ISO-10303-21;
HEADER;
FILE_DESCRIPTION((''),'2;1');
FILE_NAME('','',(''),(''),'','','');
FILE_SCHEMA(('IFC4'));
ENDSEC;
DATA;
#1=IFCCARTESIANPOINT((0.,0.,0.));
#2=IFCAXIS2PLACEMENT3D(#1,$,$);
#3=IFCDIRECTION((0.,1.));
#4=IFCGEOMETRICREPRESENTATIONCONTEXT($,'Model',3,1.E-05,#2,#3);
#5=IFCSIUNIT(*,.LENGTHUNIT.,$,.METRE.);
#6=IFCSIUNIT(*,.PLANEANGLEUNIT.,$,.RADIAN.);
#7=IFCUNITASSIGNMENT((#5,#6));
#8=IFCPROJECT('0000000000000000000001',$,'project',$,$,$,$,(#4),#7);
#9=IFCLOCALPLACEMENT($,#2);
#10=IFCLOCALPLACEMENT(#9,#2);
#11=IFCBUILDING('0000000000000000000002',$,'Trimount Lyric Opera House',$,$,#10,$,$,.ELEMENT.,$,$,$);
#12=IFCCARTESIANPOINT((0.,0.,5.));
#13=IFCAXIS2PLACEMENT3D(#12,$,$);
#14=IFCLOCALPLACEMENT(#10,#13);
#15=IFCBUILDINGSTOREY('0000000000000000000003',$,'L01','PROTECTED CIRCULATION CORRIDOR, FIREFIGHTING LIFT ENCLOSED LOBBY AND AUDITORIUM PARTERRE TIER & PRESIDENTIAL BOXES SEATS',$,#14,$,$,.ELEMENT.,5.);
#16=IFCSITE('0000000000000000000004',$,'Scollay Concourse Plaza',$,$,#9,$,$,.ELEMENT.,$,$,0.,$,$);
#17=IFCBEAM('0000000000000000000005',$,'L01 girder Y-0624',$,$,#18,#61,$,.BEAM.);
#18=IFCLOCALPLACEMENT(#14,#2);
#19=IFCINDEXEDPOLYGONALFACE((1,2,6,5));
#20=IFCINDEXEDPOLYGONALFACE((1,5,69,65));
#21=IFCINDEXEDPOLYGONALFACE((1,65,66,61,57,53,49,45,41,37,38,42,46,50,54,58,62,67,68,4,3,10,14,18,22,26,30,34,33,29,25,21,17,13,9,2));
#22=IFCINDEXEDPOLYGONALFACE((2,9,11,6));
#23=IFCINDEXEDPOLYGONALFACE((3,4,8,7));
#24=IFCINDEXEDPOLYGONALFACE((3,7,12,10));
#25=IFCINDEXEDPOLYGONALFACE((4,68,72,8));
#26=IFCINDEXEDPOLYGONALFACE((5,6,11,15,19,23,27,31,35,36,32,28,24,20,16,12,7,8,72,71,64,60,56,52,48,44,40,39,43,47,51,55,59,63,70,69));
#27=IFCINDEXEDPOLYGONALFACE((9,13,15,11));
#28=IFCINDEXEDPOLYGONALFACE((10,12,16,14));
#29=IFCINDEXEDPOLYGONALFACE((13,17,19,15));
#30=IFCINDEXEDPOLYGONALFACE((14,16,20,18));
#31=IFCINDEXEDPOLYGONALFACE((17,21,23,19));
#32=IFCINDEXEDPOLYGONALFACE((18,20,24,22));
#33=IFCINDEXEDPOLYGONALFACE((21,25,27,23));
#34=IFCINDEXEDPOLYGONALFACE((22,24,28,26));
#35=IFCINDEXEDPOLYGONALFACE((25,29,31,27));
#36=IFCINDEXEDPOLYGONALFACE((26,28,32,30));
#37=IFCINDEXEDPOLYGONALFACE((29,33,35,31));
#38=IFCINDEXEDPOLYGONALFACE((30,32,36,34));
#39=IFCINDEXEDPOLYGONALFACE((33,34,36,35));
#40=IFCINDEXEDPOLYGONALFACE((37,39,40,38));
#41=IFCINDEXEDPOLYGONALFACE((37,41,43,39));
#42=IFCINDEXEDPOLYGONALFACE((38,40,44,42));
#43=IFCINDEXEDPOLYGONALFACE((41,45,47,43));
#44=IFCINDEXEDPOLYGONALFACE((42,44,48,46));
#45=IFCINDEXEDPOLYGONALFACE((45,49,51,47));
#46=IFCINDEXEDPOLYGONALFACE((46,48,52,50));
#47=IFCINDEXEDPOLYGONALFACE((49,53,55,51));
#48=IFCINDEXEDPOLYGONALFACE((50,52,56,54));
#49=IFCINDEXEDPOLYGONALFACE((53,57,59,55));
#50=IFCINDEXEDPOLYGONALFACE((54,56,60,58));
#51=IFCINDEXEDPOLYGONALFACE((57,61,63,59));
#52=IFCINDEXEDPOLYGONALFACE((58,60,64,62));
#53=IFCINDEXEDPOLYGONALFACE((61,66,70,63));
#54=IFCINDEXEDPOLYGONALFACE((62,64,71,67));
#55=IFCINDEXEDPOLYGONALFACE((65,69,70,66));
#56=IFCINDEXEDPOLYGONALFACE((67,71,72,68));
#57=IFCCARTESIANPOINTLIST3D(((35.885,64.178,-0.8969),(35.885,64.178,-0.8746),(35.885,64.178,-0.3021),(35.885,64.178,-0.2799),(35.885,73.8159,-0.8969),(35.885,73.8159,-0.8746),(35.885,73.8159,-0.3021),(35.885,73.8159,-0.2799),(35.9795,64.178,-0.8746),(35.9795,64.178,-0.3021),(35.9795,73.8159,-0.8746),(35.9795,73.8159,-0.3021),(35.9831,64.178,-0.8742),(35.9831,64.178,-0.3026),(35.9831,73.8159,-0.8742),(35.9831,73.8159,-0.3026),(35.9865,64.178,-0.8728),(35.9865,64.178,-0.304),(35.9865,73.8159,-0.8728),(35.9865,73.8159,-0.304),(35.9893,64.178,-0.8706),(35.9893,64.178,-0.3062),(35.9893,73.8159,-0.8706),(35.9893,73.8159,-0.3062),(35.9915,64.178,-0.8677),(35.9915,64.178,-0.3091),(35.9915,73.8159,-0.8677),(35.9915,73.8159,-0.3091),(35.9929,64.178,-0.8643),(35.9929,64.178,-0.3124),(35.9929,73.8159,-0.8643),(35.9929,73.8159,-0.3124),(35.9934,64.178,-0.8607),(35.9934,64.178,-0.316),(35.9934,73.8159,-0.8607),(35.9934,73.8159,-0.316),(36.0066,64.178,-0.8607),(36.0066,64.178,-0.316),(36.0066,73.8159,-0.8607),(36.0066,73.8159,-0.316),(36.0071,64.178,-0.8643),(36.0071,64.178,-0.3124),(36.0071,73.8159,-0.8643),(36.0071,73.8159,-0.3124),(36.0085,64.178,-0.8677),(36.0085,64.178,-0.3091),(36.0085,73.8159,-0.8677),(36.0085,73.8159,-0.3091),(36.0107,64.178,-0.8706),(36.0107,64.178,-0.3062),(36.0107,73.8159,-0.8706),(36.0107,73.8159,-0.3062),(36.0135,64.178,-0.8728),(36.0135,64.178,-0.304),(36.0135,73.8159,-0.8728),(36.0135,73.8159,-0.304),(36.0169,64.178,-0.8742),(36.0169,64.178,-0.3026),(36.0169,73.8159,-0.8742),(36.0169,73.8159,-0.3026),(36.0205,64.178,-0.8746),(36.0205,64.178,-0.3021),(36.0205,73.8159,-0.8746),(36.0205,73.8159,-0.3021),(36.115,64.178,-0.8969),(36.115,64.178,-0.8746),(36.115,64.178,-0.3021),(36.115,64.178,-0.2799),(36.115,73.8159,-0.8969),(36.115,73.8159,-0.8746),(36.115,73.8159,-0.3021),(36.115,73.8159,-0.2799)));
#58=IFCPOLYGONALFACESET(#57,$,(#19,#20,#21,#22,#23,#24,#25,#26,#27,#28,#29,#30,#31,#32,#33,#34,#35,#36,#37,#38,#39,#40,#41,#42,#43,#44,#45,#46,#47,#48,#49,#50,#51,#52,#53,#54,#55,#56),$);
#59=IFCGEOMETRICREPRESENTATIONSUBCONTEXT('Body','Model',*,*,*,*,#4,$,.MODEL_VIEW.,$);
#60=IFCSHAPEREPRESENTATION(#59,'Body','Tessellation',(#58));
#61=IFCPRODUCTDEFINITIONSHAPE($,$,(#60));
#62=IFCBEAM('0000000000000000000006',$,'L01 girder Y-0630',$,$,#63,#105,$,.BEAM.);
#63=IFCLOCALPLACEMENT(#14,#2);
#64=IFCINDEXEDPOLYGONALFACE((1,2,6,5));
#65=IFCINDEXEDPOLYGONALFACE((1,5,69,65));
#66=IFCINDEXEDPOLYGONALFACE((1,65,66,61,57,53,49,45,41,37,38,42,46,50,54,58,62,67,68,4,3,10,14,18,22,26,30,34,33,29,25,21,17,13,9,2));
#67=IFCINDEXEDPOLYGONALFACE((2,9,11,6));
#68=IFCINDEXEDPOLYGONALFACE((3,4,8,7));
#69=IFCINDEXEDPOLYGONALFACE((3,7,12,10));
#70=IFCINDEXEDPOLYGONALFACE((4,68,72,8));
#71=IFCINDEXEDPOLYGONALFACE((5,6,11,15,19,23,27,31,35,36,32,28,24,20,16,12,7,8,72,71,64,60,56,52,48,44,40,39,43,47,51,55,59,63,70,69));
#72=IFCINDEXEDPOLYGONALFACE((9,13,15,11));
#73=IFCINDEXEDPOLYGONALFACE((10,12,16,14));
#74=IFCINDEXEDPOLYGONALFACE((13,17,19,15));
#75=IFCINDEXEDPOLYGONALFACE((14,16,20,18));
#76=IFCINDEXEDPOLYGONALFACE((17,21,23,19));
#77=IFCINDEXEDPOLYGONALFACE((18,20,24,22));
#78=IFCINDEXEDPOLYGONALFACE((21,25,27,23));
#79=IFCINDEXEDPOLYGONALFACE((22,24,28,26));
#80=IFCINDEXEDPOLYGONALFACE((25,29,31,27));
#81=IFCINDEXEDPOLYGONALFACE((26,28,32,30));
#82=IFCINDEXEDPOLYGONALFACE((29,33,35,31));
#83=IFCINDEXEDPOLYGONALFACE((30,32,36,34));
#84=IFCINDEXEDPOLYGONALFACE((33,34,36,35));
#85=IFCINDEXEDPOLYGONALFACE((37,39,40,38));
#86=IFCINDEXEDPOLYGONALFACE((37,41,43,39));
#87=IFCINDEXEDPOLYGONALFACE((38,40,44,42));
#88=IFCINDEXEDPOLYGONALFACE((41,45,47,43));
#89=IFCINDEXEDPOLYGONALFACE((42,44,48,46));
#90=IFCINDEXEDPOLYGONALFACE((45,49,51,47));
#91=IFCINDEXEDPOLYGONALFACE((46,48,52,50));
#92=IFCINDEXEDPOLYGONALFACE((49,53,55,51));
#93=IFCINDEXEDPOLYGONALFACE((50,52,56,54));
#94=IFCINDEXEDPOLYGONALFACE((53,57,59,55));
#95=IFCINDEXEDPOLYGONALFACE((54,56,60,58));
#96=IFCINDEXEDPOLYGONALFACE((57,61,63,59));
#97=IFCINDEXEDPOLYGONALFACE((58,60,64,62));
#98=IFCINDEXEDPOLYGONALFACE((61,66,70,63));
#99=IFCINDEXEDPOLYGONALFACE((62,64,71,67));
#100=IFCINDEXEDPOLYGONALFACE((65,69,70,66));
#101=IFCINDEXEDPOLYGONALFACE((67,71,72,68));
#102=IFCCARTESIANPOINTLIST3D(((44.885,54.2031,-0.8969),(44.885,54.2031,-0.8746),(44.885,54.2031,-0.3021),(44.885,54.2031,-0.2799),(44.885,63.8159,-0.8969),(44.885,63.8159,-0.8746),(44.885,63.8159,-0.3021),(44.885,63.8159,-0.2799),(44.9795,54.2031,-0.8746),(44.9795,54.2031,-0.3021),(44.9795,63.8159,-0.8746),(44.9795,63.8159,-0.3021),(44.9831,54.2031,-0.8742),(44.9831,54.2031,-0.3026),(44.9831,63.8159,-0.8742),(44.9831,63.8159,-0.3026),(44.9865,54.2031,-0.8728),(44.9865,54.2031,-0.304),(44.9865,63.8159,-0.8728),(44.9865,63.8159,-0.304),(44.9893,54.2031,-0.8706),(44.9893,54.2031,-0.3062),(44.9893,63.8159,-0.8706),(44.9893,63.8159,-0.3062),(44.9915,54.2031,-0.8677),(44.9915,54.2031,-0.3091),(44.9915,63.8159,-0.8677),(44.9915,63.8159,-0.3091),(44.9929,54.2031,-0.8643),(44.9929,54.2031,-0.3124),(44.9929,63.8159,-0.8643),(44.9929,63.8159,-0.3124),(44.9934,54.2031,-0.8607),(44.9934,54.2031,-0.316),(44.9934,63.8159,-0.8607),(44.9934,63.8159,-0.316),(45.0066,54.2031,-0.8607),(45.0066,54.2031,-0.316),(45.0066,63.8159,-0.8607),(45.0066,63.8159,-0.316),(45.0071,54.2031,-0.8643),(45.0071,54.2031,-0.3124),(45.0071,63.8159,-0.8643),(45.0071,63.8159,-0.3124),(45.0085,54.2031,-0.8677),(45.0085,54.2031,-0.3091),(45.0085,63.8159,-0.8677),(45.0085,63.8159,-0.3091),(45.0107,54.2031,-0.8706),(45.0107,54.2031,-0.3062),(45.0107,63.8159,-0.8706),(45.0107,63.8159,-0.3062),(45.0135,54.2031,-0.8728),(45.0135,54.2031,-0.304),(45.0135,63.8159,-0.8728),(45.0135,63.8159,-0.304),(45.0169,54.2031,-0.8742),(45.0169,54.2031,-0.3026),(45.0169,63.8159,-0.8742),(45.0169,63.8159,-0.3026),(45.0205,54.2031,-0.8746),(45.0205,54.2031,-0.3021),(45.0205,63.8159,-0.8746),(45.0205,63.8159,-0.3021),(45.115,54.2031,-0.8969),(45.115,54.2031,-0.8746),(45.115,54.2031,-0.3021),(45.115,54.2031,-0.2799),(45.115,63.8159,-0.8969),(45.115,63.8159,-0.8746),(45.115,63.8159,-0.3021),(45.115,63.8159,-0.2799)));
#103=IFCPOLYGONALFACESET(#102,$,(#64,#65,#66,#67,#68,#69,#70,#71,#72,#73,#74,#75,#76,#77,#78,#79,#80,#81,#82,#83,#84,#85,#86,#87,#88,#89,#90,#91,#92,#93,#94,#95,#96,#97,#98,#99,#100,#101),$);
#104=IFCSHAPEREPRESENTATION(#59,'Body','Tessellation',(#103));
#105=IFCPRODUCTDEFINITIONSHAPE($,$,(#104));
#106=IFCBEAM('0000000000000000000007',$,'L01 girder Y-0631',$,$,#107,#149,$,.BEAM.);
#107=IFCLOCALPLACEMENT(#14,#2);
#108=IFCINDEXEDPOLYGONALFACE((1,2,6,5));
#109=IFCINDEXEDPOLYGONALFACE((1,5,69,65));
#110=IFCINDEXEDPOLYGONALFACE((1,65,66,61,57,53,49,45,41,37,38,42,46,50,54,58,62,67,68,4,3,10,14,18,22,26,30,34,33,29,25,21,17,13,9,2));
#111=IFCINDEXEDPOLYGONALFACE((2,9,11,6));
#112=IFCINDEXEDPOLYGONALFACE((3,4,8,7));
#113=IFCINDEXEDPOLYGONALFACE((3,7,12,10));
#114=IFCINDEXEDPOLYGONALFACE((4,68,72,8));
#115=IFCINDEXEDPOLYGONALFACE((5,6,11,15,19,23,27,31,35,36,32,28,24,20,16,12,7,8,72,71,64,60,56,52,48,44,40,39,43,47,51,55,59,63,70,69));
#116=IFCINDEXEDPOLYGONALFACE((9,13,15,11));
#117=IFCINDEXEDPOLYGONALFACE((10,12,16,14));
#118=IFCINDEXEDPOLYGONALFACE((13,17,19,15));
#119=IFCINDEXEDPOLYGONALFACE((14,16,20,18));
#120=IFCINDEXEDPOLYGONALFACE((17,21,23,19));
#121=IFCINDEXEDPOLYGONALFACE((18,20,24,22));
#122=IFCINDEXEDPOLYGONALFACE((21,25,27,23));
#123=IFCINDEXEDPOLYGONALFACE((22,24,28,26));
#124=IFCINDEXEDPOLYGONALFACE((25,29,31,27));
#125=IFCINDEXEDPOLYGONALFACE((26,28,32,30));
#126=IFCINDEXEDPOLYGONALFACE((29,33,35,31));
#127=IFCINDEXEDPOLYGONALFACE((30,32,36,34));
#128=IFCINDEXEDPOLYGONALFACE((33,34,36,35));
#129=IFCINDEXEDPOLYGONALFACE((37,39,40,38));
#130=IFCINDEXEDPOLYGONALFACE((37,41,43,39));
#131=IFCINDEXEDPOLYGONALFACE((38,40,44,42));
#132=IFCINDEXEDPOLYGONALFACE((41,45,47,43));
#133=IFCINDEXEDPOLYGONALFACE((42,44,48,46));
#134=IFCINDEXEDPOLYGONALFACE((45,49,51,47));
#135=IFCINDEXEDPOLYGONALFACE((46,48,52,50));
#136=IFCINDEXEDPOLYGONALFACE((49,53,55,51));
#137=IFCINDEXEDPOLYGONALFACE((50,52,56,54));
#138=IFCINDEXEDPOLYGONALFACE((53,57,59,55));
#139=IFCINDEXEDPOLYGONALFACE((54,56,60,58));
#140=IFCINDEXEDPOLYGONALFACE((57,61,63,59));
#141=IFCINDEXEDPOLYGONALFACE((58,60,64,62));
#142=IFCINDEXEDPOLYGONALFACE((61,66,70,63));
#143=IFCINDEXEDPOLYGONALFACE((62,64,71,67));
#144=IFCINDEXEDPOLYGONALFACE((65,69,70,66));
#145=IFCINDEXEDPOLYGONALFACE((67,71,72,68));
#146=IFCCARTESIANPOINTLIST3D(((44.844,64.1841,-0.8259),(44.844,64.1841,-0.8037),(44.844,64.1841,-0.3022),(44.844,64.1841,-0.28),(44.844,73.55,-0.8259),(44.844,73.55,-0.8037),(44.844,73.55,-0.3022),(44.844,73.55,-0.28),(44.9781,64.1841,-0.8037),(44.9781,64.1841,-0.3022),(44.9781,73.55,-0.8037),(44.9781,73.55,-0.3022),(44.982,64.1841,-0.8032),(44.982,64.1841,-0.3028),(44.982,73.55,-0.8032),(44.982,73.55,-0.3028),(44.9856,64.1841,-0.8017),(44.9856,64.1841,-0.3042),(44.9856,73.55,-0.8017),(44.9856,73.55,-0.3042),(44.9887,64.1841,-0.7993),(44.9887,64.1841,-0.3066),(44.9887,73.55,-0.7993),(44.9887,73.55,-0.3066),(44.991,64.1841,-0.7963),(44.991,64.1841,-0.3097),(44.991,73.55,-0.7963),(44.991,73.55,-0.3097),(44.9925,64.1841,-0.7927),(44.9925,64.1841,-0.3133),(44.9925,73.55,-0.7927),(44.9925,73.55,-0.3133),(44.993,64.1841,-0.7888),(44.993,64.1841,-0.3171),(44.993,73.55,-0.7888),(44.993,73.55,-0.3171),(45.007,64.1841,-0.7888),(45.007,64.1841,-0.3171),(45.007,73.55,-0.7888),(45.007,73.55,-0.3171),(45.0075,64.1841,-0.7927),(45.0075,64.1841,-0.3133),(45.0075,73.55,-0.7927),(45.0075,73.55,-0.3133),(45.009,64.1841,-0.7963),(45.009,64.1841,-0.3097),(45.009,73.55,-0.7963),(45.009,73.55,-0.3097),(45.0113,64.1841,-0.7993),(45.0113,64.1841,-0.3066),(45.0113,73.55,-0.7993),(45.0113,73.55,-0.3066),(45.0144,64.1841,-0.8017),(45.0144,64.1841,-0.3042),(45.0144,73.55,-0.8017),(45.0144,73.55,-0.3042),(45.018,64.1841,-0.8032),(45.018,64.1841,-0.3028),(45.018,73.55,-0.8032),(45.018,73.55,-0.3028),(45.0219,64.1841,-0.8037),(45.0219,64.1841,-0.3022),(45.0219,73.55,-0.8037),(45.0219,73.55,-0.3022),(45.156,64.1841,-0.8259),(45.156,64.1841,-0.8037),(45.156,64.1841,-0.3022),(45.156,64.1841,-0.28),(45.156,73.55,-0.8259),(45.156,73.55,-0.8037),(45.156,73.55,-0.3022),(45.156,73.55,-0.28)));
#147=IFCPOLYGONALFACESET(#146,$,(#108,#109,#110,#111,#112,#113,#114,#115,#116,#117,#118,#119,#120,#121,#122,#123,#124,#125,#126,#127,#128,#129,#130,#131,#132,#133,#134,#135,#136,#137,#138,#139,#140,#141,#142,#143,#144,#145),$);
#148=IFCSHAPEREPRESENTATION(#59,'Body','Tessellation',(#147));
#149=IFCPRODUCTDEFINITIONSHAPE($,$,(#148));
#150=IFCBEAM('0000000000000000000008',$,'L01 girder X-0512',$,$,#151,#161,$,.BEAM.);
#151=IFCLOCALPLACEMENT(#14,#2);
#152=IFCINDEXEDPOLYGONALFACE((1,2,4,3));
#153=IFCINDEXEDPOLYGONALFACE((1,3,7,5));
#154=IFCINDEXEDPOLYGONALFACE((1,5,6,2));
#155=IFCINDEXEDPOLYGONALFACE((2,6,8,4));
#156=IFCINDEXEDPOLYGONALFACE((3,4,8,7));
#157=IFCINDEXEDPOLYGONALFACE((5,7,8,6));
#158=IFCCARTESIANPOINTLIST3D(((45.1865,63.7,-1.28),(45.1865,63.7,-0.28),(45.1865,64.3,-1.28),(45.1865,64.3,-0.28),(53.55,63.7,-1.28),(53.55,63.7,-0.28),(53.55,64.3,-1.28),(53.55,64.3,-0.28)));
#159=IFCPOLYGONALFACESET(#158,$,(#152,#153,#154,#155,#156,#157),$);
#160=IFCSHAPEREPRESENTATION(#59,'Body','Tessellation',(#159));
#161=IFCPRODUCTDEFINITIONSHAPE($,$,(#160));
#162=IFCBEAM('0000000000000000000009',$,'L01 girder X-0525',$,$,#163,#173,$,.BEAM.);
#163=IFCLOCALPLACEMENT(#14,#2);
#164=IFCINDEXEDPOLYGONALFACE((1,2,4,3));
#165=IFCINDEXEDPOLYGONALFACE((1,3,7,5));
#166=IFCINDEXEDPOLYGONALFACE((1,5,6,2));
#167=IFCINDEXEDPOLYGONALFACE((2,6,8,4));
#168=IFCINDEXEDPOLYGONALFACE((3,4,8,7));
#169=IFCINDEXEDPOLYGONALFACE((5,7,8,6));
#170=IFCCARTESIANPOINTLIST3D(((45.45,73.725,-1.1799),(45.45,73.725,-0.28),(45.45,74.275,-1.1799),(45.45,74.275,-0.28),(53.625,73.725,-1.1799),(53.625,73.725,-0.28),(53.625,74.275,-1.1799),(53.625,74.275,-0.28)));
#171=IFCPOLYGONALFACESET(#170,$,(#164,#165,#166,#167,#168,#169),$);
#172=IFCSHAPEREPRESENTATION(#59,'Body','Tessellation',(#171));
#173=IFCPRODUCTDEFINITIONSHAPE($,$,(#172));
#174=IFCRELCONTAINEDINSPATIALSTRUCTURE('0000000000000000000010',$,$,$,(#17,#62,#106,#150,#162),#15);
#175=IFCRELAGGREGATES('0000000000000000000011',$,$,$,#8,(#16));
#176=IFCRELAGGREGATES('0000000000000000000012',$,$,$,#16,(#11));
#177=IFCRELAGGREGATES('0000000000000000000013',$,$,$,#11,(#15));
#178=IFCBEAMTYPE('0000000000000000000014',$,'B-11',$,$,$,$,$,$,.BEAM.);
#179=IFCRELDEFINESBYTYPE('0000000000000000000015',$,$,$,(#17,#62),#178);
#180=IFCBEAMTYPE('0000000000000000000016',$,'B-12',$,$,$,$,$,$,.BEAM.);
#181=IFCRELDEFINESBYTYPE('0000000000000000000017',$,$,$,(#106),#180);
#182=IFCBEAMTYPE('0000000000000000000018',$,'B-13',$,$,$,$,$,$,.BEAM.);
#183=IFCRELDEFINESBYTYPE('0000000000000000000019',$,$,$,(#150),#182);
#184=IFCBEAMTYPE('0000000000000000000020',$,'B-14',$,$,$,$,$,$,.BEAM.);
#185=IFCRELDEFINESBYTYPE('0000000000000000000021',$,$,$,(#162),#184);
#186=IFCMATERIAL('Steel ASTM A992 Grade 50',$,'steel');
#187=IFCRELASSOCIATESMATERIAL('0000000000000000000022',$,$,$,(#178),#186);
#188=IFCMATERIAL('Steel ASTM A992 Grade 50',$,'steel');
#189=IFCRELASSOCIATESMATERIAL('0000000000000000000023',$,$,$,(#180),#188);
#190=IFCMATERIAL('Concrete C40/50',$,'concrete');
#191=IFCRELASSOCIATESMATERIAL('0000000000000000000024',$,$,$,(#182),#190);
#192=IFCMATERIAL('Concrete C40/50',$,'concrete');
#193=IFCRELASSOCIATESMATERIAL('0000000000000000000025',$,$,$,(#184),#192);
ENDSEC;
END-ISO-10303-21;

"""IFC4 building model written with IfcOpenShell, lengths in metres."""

from ifc_helpers import new_model, si_unit, direction, frame, origin, origin_2d, place, context, subcontext, project, spatial, rectangle, i_section, extrude, material, material_profile, profile_set, type_object, element, save


model = new_model("IFC4")

# Units and contexts
model_context = context("Model", 3, precision=1e-05, world=origin(), true_north=direction((0.0, 1.0)))
body_context = subcontext(model_context, "Body", "Model", "MODEL_VIEW")
ifc_project = project(units=[si_unit("LENGTHUNIT", "METRE"), si_unit("PLANEANGLEUNIT", "RADIAN")], contexts=[model_context])

# Site, building, storey
site_placement = place(None, origin())
site = spatial("IfcSite", under=ifc_project, at=site_placement, Name="Scollay Concourse Plaza", CompositionType="ELEMENT", RefElevation=0.0)
building_placement = place(site_placement, origin())
building = spatial("IfcBuilding", under=site, at=building_placement, Name="Trimount Lyric Opera House", CompositionType="ELEMENT")
storey_placement = place(building_placement, frame((0.0, 0.0, 5.0)))
storey = spatial("IfcBuildingStorey", under=building, at=storey_placement, Name="L01", Description="PROTECTED CIRCULATION CORRIDOR, FIREFIGHTING LIFT ENCLOSED LOBBY AND AUDITORIUM PARTERRE TIER & PRESIDENTIAL BOXES SEATS", CompositionType="ELEMENT", Elevation=5.0)

# Beams
ifc_material_1 = material(Name="Steel ASTM A992 Grade 50", Category="steel")
ifc_material_profile_1 = material_profile(ifc_material_1, i_section(OverallWidth=0.23, OverallDepth=0.6169, WebThickness=0.0132, FlangeThickness=0.0222, FilletRadius=0.0139, at=origin_2d()), Name="W24X94")
ifc_profile_set_1 = profile_set([ifc_material_profile_1], Name="Steel ASTM A992 Grade 50")
beam_type_1 = type_object("IfcBeamType", Name="B-11", PredefinedType="BEAM", material=ifc_profile_set_1)
beam_1_placement = place(storey_placement, frame((36.0, 64.178, -0.5884), z_axis=(0.0, 1.0, 0.0), x_axis=(-1.0, 0.0, 0.0)))
element("IfcBeam", 1, at=beam_1_placement, inside=storey, type_object=beam_type_1, Name="L01 girder Y-0624", PredefinedType="BEAM", context=body_context, shape_type="SweptSolid", body=[
    extrude(i_section(OverallWidth=0.23, OverallDepth=0.6169, WebThickness=0.0132, FlangeThickness=0.0222, FilletRadius=0.0139, at=origin_2d()), origin(), (0.0, 0.0, 1.0), 9.6379),
])
beam_2_placement = place(storey_placement, frame((45.0, 54.2031, -0.5884), z_axis=(0.0, 1.0, 0.0), x_axis=(-1.0, 0.0, 0.0)))
element("IfcBeam", 2, at=beam_2_placement, inside=storey, type_object=beam_type_1, Name="L01 girder Y-0630", PredefinedType="BEAM", context=body_context, shape_type="SweptSolid", body=[
    extrude(i_section(OverallWidth=0.23, OverallDepth=0.6169, WebThickness=0.0132, FlangeThickness=0.0222, FilletRadius=0.0139, at=origin_2d()), origin(), (0.0, 0.0, 1.0), 9.6128),
])
ifc_material_2 = material(Name="Steel ASTM A992 Grade 50", Category="steel")
ifc_material_profile_2 = material_profile(ifc_material_2, i_section(OverallWidth=0.312, OverallDepth=0.5459, WebThickness=0.0139, FlangeThickness=0.0222, FilletRadius=0.0149, at=origin_2d()), Name="W21X111")
ifc_profile_set_2 = profile_set([ifc_material_profile_2], Name="Steel ASTM A992 Grade 50")
beam_type_2 = type_object("IfcBeamType", Name="B-12", PredefinedType="BEAM", material=ifc_profile_set_2)
beam_3_placement = place(storey_placement, frame((45.0, 64.1841, -0.553), z_axis=(0.0, 1.0, 0.0), x_axis=(-1.0, 0.0, 0.0)))
element("IfcBeam", 3, at=beam_3_placement, inside=storey, type_object=beam_type_2, Name="L01 girder Y-0631", PredefinedType="BEAM", context=body_context, shape_type="SweptSolid", body=[
    extrude(i_section(OverallWidth=0.312, OverallDepth=0.5459, WebThickness=0.0139, FlangeThickness=0.0222, FilletRadius=0.0149, at=origin_2d()), origin(), (0.0, 0.0, 1.0), 9.366),
])
ifc_material_3 = material(Name="Concrete C40/50", Category="concrete")
ifc_material_profile_3 = material_profile(ifc_material_3, rectangle(XDim=0.6001, YDim=1.0, at=origin_2d()), Name="RC600X1000")
ifc_profile_set_3 = profile_set([ifc_material_profile_3], Name="Concrete C40/50")
beam_type_3 = type_object("IfcBeamType", Name="B-13", PredefinedType="BEAM", material=ifc_profile_set_3)
beam_4_placement = place(storey_placement, frame((45.1865, 64.0, -0.78), z_axis=(1.0, 0.0, 0.0), x_axis=(0.0, 1.0, 0.0)))
element("IfcBeam", 4, at=beam_4_placement, inside=storey, type_object=beam_type_3, Name="L01 girder X-0512", PredefinedType="BEAM", context=body_context, shape_type="SweptSolid", body=[
    extrude(rectangle(XDim=0.6001, YDim=1.0, at=origin_2d()), origin(), (0.0, 0.0, 1.0), 8.3635),
])
ifc_material_4 = material(Name="Concrete C40/50", Category="concrete")
ifc_material_profile_4 = material_profile(ifc_material_4, rectangle(XDim=0.55, YDim=0.8999, at=origin_2d()), Name="RC550X900")
ifc_profile_set_4 = profile_set([ifc_material_profile_4], Name="Concrete C40/50")
beam_type_4 = type_object("IfcBeamType", Name="B-14", PredefinedType="BEAM", material=ifc_profile_set_4)
beam_5_placement = place(storey_placement, frame((45.45, 74.0, -0.73), z_axis=(1.0, 0.0, 0.0), x_axis=(0.0, 1.0, 0.0)))
element("IfcBeam", 5, at=beam_5_placement, inside=storey, type_object=beam_type_4, Name="L01 girder X-0525", PredefinedType="BEAM", context=body_context, shape_type="SweptSolid", body=[
    extrude(rectangle(XDim=0.55, YDim=0.8999, at=origin_2d()), origin(), (0.0, 0.0, 1.0), 8.175),
])

save(model, "model.ifc")
